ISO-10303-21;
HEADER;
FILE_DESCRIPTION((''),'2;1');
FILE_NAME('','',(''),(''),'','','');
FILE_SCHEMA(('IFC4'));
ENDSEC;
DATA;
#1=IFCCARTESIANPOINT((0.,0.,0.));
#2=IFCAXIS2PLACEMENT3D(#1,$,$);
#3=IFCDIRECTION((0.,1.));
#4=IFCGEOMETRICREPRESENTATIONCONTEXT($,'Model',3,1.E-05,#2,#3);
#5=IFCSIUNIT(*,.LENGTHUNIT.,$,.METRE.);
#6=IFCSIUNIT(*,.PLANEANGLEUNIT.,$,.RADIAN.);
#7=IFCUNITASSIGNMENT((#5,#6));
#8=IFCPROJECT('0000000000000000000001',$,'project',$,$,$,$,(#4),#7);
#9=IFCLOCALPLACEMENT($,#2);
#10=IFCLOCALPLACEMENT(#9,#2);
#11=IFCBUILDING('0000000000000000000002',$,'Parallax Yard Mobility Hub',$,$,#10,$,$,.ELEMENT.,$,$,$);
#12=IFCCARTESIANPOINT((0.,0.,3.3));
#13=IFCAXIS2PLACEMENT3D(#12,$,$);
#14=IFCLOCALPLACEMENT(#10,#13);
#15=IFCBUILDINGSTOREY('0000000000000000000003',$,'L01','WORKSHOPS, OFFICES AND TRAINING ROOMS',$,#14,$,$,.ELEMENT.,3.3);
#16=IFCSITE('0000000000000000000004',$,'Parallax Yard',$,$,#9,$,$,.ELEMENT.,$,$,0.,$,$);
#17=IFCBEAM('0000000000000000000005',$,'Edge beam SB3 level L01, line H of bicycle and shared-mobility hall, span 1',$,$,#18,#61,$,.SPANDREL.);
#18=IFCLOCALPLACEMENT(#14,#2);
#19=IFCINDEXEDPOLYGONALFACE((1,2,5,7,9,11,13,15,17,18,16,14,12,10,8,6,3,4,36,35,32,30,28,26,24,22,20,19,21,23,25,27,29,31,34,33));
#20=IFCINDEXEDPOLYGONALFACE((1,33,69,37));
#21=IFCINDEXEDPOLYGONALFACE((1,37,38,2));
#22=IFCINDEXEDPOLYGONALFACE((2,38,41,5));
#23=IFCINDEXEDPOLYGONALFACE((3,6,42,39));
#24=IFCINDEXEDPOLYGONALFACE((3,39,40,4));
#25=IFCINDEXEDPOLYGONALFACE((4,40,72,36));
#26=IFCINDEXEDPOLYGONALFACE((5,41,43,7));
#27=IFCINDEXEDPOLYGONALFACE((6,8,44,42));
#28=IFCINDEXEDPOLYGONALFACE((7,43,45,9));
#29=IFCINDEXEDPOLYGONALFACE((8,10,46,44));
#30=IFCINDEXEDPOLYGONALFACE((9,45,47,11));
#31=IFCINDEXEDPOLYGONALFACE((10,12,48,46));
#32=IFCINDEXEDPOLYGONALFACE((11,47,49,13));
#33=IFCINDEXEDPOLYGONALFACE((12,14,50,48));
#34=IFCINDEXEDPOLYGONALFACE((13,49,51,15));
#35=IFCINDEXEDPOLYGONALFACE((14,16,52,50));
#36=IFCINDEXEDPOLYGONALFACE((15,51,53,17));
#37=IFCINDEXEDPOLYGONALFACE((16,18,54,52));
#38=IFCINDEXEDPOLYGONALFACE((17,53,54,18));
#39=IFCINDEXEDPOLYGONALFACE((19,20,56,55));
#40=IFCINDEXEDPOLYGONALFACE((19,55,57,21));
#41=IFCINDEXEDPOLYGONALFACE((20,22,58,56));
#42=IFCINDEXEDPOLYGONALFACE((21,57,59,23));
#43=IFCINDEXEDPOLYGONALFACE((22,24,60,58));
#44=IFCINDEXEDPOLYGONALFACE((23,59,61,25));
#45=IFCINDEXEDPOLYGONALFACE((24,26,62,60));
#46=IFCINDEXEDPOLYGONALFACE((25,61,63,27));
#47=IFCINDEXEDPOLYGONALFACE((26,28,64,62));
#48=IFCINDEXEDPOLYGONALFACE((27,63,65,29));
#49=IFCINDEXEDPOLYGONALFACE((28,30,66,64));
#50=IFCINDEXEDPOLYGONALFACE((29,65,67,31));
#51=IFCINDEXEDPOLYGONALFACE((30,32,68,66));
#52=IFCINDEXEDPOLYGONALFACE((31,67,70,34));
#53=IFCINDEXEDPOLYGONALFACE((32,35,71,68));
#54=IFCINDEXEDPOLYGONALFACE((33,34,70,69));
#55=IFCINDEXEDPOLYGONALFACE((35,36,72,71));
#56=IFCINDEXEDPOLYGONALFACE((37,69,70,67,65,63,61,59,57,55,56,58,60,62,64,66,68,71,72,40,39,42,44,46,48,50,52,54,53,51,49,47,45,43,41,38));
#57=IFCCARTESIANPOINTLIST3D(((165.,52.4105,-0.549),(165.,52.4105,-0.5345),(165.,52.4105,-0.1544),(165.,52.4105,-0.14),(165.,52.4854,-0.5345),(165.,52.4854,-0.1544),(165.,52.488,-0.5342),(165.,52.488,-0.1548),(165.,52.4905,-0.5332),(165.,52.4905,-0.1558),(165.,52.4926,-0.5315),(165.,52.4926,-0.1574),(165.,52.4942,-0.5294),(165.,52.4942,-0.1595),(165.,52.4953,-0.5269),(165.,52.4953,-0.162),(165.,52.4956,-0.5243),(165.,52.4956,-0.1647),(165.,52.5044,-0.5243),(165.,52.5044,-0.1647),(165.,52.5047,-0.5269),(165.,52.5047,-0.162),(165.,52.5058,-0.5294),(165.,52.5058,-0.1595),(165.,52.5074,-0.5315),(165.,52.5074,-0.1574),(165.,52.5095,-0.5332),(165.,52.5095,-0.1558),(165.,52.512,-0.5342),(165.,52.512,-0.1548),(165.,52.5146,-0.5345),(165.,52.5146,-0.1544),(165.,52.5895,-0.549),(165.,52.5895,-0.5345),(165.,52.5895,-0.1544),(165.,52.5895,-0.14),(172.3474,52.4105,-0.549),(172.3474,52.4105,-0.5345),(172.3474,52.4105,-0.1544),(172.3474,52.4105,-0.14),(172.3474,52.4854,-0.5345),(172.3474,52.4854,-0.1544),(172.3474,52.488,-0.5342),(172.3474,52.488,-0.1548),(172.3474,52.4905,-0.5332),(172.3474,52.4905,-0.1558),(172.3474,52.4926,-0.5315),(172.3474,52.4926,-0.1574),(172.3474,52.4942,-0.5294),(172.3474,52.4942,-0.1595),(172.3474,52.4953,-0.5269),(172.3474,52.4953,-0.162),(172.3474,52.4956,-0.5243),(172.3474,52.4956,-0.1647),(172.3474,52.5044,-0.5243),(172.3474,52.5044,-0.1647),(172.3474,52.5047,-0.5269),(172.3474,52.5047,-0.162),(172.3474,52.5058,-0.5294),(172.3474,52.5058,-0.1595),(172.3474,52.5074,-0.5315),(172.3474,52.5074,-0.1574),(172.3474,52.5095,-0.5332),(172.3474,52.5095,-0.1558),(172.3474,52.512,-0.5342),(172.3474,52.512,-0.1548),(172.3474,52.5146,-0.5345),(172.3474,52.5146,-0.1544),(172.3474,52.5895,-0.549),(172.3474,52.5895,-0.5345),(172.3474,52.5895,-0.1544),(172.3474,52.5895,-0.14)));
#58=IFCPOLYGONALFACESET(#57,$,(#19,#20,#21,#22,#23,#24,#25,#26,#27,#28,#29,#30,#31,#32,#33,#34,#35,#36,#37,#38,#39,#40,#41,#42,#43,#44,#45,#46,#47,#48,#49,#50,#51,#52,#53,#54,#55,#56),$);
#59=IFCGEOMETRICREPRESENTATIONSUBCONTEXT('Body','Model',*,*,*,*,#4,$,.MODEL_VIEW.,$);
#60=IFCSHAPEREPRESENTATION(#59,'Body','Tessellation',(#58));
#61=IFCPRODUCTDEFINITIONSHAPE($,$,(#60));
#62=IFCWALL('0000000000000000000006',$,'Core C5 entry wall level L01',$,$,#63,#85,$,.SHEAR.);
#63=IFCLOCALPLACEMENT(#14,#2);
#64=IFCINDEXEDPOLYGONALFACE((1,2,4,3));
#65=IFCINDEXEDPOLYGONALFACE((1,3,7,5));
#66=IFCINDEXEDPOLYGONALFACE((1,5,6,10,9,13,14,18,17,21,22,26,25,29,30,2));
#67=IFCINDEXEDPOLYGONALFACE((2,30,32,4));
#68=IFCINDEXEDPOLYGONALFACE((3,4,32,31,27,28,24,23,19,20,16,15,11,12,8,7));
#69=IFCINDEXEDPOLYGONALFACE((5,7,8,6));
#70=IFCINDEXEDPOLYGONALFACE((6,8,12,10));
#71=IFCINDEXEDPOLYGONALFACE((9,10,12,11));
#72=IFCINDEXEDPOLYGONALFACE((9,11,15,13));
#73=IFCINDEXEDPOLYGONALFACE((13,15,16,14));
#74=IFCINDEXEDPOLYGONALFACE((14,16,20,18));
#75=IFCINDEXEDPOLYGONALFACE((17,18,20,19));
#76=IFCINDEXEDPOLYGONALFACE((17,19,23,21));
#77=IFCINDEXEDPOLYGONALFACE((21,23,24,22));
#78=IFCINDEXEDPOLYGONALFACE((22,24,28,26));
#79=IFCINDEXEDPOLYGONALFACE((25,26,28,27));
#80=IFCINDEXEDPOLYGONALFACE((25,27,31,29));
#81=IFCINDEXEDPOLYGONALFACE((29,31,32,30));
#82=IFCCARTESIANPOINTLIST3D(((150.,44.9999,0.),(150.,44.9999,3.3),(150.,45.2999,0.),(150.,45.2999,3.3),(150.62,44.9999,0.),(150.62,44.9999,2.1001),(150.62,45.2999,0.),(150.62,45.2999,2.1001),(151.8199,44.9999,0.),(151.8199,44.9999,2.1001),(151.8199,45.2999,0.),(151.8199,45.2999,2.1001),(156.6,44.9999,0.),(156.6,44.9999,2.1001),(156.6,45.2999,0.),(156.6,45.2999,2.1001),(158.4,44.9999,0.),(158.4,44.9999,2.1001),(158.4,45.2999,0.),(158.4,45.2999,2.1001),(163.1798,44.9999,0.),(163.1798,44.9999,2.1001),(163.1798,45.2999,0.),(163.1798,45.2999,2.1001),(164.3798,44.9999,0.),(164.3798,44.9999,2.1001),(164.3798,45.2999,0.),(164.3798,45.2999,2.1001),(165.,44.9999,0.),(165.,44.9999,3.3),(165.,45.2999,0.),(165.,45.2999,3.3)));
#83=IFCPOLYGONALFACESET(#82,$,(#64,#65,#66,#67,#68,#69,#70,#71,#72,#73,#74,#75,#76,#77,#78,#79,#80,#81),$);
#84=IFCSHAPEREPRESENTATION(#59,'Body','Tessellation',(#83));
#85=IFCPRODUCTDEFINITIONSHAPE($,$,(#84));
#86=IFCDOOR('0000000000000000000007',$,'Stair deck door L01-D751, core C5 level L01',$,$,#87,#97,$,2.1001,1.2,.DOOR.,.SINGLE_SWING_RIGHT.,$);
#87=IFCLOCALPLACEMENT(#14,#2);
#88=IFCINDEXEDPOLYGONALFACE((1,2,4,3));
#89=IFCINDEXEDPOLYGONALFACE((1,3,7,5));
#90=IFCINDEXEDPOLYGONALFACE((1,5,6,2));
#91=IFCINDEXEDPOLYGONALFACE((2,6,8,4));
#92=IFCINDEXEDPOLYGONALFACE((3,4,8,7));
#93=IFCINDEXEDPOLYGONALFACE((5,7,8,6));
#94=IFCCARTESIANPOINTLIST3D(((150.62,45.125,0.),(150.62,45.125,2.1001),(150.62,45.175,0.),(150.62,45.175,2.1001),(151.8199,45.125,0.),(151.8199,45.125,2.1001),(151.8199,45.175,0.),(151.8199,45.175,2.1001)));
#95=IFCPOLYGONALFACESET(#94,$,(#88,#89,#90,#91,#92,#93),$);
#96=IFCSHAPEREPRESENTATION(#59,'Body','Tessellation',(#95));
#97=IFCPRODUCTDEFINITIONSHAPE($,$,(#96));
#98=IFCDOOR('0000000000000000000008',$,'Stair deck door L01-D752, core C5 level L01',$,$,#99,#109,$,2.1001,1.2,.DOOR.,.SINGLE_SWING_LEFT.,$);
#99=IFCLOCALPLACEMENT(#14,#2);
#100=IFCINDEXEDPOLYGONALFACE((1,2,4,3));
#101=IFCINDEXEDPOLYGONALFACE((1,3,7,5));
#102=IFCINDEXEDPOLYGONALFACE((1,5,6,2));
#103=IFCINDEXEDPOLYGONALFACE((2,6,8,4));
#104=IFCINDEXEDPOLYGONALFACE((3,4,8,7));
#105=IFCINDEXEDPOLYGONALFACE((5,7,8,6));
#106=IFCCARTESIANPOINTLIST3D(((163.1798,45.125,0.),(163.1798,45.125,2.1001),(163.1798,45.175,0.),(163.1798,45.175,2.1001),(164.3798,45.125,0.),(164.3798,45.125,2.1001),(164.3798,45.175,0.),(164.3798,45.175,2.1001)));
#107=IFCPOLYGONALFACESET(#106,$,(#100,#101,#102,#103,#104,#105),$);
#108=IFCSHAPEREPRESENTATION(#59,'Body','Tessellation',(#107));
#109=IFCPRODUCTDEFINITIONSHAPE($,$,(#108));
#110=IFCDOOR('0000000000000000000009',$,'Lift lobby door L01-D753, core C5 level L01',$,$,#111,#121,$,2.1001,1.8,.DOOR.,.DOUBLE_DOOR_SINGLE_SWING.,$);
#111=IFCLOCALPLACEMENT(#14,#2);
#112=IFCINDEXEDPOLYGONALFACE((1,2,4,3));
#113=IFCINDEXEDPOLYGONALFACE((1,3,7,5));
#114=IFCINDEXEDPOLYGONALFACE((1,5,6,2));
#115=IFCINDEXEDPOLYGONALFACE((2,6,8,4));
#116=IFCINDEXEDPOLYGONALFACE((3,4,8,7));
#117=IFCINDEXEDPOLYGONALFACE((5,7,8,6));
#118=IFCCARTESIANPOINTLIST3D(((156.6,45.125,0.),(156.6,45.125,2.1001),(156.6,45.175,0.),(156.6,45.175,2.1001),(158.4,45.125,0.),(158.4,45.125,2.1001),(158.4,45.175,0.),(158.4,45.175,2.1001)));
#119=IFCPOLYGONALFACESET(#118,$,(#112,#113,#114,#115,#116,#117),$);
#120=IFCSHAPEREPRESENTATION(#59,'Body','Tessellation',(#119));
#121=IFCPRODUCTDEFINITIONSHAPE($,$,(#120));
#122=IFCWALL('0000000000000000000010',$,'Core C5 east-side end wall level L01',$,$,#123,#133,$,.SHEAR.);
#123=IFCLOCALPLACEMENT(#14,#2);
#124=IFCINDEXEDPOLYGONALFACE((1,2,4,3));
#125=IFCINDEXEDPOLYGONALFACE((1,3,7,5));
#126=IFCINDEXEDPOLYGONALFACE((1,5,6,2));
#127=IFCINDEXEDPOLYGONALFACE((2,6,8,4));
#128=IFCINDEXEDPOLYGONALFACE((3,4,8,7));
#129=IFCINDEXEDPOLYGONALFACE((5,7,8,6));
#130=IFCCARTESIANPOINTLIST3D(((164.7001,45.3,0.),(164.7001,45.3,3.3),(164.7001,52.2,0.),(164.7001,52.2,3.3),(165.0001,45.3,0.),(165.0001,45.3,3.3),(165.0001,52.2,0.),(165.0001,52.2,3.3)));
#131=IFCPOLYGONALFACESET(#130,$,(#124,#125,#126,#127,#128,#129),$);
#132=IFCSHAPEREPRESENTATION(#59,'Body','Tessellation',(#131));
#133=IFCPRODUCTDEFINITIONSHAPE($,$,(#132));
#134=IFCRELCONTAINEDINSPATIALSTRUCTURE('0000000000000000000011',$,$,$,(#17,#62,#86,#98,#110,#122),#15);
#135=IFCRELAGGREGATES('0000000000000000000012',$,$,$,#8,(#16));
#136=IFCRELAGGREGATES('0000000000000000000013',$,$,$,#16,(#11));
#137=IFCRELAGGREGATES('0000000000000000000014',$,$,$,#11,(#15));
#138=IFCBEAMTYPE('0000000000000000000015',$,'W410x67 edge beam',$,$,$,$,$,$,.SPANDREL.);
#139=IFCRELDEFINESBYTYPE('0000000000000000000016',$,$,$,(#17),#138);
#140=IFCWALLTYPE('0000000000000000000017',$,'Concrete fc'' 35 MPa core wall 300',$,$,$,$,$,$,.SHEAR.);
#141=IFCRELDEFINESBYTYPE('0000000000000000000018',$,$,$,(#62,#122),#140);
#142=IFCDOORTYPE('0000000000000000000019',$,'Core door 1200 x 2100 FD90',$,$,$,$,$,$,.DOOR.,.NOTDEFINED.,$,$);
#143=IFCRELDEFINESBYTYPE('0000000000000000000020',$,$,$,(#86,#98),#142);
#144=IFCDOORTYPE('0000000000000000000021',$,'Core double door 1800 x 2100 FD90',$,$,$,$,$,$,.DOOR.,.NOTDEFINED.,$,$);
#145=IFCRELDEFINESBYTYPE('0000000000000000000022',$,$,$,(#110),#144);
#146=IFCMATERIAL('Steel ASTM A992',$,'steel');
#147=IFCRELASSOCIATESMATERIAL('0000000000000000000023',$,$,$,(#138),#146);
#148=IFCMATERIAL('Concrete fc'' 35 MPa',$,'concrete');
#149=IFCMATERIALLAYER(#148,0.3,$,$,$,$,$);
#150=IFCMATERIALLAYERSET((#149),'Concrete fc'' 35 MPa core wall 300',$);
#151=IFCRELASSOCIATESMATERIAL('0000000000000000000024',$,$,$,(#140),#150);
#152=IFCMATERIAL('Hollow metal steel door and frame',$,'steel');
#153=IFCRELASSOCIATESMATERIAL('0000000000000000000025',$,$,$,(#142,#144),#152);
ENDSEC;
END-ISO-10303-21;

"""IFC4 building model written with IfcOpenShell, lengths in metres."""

from ifc_helpers import new_model, si_unit, direction, frame, frame_2d, origin, origin_2d, place, context, subcontext, project, spatial, rectangle, i_section, extrude, material, layer, layer_set, material_profile, profile_set, type_object, element, fill, save


model = new_model("IFC4")

# Units and contexts
model_context = context("Model", 3, precision=1e-05, world=origin(), true_north=direction((0.0, 1.0)))
body_context = subcontext(model_context, "Body", "Model", "MODEL_VIEW")
ifc_project = project(units=[si_unit("LENGTHUNIT", "METRE"), si_unit("PLANEANGLEUNIT", "RADIAN")], contexts=[model_context])

# Site, building, storey
site_placement = place(None, origin())
site = spatial("IfcSite", under=ifc_project, at=site_placement, Name="Parallax Yard", CompositionType="ELEMENT", RefElevation=0.0)
building_placement = place(site_placement, origin())
building = spatial("IfcBuilding", under=site, at=building_placement, Name="Parallax Yard Mobility Hub", CompositionType="ELEMENT")
storey_placement = place(building_placement, frame((0.0, 0.0, 3.3)))
storey = spatial("IfcBuildingStorey", under=building, at=storey_placement, Name="L01", Description="WORKSHOPS, OFFICES AND TRAINING ROOMS", CompositionType="ELEMENT", Elevation=3.3)

# Shared definitions
ifc_material_1 = material(Name="Steel ASTM A992", Category="steel")

# Beam
ifc_material_profile_1 = material_profile(ifc_material_1, i_section(OverallWidth=0.179, OverallDepth=0.4089, WebThickness=0.0088, FlangeThickness=0.0144, FilletRadius=0.0103, at=origin_2d()), Name="W410x67")
ifc_profile_set_1 = profile_set([ifc_material_profile_1], Name="Steel ASTM A992")
beam_type = type_object("IfcBeamType", Name="W410x67 edge beam", PredefinedType="SPANDREL", material=ifc_profile_set_1)
beam_1_placement = place(storey_placement, frame((165.0, 52.5, -0.3445), z_axis=(1.0, 0.0, 0.0), x_axis=(0.0, 1.0, 0.0)))
element("IfcBeam", 1, at=beam_1_placement, inside=storey, type_object=beam_type, Name="Edge beam SB3 level L01, line H of bicycle and shared-mobility hall, span 1", PredefinedType="SPANDREL", context=body_context, shape_type="SweptSolid", body=[
    extrude(i_section(OverallWidth=0.179, OverallDepth=0.4089, WebThickness=0.0088, FlangeThickness=0.0144, FilletRadius=0.0103, at=origin_2d()), origin(), (0.0, 0.0, 1.0), 7.3474),
])

# Wall, openings, doors
ifc_material_2 = material(Name="Concrete fc' 35 MPa", Category="concrete")
ifc_layer_1 = layer(ifc_material_2, 0.3)
ifc_layer_set_1 = layer_set([ifc_layer_1], Name="Concrete fc' 35 MPa core wall 300")
wall_type_1 = type_object("IfcWallType", Name="Concrete fc' 35 MPa core wall 300", PredefinedType="SHEAR", material=ifc_layer_set_1)
wall_1_placement = place(storey_placement, frame((165.0, 45.1499, 0.0), z_axis=(0.0, 0.0, 1.0), x_axis=(-1.0, 0.0, 0.0)))
wall_1 = element("IfcWall", 2, at=wall_1_placement, inside=storey, type_object=wall_type_1, Name="Core C5 entry wall level L01", PredefinedType="SHEAR", context=body_context, shape_type="SweptSolid", body=[
    extrude(rectangle(XDim=15.0, YDim=0.3, at=frame_2d((7.5, 0.0))), origin(), (0.0, 0.0, 1.0), 3.3),
])
opening_1_placement = place(wall_1_placement, frame((13.1799, 0.0, 0.0)))
opening_1 = element("IfcOpeningElement", 3, at=opening_1_placement, cuts=wall_1, PredefinedType="OPENING", context=body_context, shape_type="SweptSolid", body=[
    extrude(rectangle(XDim=1.2, YDim=2.1001, at=frame_2d((0.6001, 1.05))), frame((0.0, 0.1602, 0.0), z_axis=(0.0, -1.0, 0.0), x_axis=(1.0, 0.0, 0.0)), (0.0, 0.0, 1.0), 0.3201),
])
opening_2_placement = place(wall_1_placement, frame((0.6201, 0.0, 0.0)))
opening_2 = element("IfcOpeningElement", 4, at=opening_2_placement, cuts=wall_1, PredefinedType="OPENING", context=body_context, shape_type="SweptSolid", body=[
    extrude(rectangle(XDim=1.2, YDim=2.1001, at=frame_2d((0.6001, 1.05))), frame((0.0, 0.1602, 0.0), z_axis=(0.0, -1.0, 0.0), x_axis=(1.0, 0.0, 0.0)), (0.0, 0.0, 1.0), 0.3201),
])
opening_3_placement = place(wall_1_placement, frame((6.6001, 0.0, 0.0)))
opening_3 = element("IfcOpeningElement", 5, at=opening_3_placement, cuts=wall_1, PredefinedType="OPENING", context=body_context, shape_type="SweptSolid", body=[
    extrude(rectangle(XDim=1.8, YDim=2.1001, at=frame_2d((0.8999, 1.05))), frame((0.0, 0.1602, 0.0), z_axis=(0.0, -1.0, 0.0), x_axis=(1.0, 0.0, 0.0)), (0.0, 0.0, 1.0), 0.3201),
])
ifc_material_3 = material(Name="Hollow metal steel door and frame", Category="steel")
door_type_1 = type_object("IfcDoorType", Name="Core door 1200 x 2100 FD90", OperationType="NOTDEFINED", PredefinedType="DOOR", material=ifc_material_3)
door_1_placement = place(opening_1_placement, origin())
door_1 = element("IfcDoor", 6, at=door_1_placement, inside=storey, type_object=door_type_1, Name="Stair deck door L01-D751, core C5 level L01", OperationType="SINGLE_SWING_RIGHT", OverallHeight=2.1001, OverallWidth=1.2, PredefinedType="DOOR", context=body_context, shape_type="SweptSolid", body=[
    extrude(rectangle(XDim=1.2, YDim=2.1001, at=frame_2d((0.6001, 1.05))), frame((0.0, 0.0249, 0.0), z_axis=(0.0, -1.0, 0.0), x_axis=(1.0, 0.0, 0.0)), (0.0, 0.0, 1.0), 0.05),
])
fill(opening_1, door_1)
door_2_placement = place(opening_2_placement, origin())
door_2 = element("IfcDoor", 7, at=door_2_placement, inside=storey, type_object=door_type_1, Name="Stair deck door L01-D752, core C5 level L01", OperationType="SINGLE_SWING_LEFT", OverallHeight=2.1001, OverallWidth=1.2, PredefinedType="DOOR", context=body_context, shape_type="SweptSolid", body=[
    extrude(rectangle(XDim=1.2, YDim=2.1001, at=frame_2d((0.6001, 1.05))), frame((0.0, 0.0249, 0.0), z_axis=(0.0, -1.0, 0.0), x_axis=(1.0, 0.0, 0.0)), (0.0, 0.0, 1.0), 0.05),
])
fill(opening_2, door_2)
door_type_2 = type_object("IfcDoorType", Name="Core double door 1800 x 2100 FD90", OperationType="NOTDEFINED", PredefinedType="DOOR", material=ifc_material_3)
door_3_placement = place(opening_3_placement, origin())
door_3 = element("IfcDoor", 8, at=door_3_placement, inside=storey, type_object=door_type_2, Name="Lift lobby door L01-D753, core C5 level L01", OperationType="DOUBLE_DOOR_SINGLE_SWING", OverallHeight=2.1001, OverallWidth=1.8, PredefinedType="DOOR", context=body_context, shape_type="SweptSolid", body=[
    extrude(rectangle(XDim=1.8, YDim=2.1001, at=frame_2d((0.8999, 1.05))), frame((0.0, 0.0249, 0.0), z_axis=(0.0, -1.0, 0.0), x_axis=(1.0, 0.0, 0.0)), (0.0, 0.0, 1.0), 0.05),
])
fill(opening_3, door_3)

# Wall
wall_2_placement = place(storey_placement, frame((164.8501, 45.3, 0.0), z_axis=(0.0, 0.0, 1.0), x_axis=(0.0, 1.0, 0.0)))
element("IfcWall", 9, at=wall_2_placement, inside=storey, type_object=wall_type_1, Name="Core C5 east-side end wall level L01", PredefinedType="SHEAR", context=body_context, shape_type="SweptSolid", body=[
    extrude(rectangle(XDim=6.8999, YDim=0.3, at=frame_2d((3.45, 0.0))), origin(), (0.0, 0.0, 1.0), 3.3),
])

save(model, "model.ifc")
